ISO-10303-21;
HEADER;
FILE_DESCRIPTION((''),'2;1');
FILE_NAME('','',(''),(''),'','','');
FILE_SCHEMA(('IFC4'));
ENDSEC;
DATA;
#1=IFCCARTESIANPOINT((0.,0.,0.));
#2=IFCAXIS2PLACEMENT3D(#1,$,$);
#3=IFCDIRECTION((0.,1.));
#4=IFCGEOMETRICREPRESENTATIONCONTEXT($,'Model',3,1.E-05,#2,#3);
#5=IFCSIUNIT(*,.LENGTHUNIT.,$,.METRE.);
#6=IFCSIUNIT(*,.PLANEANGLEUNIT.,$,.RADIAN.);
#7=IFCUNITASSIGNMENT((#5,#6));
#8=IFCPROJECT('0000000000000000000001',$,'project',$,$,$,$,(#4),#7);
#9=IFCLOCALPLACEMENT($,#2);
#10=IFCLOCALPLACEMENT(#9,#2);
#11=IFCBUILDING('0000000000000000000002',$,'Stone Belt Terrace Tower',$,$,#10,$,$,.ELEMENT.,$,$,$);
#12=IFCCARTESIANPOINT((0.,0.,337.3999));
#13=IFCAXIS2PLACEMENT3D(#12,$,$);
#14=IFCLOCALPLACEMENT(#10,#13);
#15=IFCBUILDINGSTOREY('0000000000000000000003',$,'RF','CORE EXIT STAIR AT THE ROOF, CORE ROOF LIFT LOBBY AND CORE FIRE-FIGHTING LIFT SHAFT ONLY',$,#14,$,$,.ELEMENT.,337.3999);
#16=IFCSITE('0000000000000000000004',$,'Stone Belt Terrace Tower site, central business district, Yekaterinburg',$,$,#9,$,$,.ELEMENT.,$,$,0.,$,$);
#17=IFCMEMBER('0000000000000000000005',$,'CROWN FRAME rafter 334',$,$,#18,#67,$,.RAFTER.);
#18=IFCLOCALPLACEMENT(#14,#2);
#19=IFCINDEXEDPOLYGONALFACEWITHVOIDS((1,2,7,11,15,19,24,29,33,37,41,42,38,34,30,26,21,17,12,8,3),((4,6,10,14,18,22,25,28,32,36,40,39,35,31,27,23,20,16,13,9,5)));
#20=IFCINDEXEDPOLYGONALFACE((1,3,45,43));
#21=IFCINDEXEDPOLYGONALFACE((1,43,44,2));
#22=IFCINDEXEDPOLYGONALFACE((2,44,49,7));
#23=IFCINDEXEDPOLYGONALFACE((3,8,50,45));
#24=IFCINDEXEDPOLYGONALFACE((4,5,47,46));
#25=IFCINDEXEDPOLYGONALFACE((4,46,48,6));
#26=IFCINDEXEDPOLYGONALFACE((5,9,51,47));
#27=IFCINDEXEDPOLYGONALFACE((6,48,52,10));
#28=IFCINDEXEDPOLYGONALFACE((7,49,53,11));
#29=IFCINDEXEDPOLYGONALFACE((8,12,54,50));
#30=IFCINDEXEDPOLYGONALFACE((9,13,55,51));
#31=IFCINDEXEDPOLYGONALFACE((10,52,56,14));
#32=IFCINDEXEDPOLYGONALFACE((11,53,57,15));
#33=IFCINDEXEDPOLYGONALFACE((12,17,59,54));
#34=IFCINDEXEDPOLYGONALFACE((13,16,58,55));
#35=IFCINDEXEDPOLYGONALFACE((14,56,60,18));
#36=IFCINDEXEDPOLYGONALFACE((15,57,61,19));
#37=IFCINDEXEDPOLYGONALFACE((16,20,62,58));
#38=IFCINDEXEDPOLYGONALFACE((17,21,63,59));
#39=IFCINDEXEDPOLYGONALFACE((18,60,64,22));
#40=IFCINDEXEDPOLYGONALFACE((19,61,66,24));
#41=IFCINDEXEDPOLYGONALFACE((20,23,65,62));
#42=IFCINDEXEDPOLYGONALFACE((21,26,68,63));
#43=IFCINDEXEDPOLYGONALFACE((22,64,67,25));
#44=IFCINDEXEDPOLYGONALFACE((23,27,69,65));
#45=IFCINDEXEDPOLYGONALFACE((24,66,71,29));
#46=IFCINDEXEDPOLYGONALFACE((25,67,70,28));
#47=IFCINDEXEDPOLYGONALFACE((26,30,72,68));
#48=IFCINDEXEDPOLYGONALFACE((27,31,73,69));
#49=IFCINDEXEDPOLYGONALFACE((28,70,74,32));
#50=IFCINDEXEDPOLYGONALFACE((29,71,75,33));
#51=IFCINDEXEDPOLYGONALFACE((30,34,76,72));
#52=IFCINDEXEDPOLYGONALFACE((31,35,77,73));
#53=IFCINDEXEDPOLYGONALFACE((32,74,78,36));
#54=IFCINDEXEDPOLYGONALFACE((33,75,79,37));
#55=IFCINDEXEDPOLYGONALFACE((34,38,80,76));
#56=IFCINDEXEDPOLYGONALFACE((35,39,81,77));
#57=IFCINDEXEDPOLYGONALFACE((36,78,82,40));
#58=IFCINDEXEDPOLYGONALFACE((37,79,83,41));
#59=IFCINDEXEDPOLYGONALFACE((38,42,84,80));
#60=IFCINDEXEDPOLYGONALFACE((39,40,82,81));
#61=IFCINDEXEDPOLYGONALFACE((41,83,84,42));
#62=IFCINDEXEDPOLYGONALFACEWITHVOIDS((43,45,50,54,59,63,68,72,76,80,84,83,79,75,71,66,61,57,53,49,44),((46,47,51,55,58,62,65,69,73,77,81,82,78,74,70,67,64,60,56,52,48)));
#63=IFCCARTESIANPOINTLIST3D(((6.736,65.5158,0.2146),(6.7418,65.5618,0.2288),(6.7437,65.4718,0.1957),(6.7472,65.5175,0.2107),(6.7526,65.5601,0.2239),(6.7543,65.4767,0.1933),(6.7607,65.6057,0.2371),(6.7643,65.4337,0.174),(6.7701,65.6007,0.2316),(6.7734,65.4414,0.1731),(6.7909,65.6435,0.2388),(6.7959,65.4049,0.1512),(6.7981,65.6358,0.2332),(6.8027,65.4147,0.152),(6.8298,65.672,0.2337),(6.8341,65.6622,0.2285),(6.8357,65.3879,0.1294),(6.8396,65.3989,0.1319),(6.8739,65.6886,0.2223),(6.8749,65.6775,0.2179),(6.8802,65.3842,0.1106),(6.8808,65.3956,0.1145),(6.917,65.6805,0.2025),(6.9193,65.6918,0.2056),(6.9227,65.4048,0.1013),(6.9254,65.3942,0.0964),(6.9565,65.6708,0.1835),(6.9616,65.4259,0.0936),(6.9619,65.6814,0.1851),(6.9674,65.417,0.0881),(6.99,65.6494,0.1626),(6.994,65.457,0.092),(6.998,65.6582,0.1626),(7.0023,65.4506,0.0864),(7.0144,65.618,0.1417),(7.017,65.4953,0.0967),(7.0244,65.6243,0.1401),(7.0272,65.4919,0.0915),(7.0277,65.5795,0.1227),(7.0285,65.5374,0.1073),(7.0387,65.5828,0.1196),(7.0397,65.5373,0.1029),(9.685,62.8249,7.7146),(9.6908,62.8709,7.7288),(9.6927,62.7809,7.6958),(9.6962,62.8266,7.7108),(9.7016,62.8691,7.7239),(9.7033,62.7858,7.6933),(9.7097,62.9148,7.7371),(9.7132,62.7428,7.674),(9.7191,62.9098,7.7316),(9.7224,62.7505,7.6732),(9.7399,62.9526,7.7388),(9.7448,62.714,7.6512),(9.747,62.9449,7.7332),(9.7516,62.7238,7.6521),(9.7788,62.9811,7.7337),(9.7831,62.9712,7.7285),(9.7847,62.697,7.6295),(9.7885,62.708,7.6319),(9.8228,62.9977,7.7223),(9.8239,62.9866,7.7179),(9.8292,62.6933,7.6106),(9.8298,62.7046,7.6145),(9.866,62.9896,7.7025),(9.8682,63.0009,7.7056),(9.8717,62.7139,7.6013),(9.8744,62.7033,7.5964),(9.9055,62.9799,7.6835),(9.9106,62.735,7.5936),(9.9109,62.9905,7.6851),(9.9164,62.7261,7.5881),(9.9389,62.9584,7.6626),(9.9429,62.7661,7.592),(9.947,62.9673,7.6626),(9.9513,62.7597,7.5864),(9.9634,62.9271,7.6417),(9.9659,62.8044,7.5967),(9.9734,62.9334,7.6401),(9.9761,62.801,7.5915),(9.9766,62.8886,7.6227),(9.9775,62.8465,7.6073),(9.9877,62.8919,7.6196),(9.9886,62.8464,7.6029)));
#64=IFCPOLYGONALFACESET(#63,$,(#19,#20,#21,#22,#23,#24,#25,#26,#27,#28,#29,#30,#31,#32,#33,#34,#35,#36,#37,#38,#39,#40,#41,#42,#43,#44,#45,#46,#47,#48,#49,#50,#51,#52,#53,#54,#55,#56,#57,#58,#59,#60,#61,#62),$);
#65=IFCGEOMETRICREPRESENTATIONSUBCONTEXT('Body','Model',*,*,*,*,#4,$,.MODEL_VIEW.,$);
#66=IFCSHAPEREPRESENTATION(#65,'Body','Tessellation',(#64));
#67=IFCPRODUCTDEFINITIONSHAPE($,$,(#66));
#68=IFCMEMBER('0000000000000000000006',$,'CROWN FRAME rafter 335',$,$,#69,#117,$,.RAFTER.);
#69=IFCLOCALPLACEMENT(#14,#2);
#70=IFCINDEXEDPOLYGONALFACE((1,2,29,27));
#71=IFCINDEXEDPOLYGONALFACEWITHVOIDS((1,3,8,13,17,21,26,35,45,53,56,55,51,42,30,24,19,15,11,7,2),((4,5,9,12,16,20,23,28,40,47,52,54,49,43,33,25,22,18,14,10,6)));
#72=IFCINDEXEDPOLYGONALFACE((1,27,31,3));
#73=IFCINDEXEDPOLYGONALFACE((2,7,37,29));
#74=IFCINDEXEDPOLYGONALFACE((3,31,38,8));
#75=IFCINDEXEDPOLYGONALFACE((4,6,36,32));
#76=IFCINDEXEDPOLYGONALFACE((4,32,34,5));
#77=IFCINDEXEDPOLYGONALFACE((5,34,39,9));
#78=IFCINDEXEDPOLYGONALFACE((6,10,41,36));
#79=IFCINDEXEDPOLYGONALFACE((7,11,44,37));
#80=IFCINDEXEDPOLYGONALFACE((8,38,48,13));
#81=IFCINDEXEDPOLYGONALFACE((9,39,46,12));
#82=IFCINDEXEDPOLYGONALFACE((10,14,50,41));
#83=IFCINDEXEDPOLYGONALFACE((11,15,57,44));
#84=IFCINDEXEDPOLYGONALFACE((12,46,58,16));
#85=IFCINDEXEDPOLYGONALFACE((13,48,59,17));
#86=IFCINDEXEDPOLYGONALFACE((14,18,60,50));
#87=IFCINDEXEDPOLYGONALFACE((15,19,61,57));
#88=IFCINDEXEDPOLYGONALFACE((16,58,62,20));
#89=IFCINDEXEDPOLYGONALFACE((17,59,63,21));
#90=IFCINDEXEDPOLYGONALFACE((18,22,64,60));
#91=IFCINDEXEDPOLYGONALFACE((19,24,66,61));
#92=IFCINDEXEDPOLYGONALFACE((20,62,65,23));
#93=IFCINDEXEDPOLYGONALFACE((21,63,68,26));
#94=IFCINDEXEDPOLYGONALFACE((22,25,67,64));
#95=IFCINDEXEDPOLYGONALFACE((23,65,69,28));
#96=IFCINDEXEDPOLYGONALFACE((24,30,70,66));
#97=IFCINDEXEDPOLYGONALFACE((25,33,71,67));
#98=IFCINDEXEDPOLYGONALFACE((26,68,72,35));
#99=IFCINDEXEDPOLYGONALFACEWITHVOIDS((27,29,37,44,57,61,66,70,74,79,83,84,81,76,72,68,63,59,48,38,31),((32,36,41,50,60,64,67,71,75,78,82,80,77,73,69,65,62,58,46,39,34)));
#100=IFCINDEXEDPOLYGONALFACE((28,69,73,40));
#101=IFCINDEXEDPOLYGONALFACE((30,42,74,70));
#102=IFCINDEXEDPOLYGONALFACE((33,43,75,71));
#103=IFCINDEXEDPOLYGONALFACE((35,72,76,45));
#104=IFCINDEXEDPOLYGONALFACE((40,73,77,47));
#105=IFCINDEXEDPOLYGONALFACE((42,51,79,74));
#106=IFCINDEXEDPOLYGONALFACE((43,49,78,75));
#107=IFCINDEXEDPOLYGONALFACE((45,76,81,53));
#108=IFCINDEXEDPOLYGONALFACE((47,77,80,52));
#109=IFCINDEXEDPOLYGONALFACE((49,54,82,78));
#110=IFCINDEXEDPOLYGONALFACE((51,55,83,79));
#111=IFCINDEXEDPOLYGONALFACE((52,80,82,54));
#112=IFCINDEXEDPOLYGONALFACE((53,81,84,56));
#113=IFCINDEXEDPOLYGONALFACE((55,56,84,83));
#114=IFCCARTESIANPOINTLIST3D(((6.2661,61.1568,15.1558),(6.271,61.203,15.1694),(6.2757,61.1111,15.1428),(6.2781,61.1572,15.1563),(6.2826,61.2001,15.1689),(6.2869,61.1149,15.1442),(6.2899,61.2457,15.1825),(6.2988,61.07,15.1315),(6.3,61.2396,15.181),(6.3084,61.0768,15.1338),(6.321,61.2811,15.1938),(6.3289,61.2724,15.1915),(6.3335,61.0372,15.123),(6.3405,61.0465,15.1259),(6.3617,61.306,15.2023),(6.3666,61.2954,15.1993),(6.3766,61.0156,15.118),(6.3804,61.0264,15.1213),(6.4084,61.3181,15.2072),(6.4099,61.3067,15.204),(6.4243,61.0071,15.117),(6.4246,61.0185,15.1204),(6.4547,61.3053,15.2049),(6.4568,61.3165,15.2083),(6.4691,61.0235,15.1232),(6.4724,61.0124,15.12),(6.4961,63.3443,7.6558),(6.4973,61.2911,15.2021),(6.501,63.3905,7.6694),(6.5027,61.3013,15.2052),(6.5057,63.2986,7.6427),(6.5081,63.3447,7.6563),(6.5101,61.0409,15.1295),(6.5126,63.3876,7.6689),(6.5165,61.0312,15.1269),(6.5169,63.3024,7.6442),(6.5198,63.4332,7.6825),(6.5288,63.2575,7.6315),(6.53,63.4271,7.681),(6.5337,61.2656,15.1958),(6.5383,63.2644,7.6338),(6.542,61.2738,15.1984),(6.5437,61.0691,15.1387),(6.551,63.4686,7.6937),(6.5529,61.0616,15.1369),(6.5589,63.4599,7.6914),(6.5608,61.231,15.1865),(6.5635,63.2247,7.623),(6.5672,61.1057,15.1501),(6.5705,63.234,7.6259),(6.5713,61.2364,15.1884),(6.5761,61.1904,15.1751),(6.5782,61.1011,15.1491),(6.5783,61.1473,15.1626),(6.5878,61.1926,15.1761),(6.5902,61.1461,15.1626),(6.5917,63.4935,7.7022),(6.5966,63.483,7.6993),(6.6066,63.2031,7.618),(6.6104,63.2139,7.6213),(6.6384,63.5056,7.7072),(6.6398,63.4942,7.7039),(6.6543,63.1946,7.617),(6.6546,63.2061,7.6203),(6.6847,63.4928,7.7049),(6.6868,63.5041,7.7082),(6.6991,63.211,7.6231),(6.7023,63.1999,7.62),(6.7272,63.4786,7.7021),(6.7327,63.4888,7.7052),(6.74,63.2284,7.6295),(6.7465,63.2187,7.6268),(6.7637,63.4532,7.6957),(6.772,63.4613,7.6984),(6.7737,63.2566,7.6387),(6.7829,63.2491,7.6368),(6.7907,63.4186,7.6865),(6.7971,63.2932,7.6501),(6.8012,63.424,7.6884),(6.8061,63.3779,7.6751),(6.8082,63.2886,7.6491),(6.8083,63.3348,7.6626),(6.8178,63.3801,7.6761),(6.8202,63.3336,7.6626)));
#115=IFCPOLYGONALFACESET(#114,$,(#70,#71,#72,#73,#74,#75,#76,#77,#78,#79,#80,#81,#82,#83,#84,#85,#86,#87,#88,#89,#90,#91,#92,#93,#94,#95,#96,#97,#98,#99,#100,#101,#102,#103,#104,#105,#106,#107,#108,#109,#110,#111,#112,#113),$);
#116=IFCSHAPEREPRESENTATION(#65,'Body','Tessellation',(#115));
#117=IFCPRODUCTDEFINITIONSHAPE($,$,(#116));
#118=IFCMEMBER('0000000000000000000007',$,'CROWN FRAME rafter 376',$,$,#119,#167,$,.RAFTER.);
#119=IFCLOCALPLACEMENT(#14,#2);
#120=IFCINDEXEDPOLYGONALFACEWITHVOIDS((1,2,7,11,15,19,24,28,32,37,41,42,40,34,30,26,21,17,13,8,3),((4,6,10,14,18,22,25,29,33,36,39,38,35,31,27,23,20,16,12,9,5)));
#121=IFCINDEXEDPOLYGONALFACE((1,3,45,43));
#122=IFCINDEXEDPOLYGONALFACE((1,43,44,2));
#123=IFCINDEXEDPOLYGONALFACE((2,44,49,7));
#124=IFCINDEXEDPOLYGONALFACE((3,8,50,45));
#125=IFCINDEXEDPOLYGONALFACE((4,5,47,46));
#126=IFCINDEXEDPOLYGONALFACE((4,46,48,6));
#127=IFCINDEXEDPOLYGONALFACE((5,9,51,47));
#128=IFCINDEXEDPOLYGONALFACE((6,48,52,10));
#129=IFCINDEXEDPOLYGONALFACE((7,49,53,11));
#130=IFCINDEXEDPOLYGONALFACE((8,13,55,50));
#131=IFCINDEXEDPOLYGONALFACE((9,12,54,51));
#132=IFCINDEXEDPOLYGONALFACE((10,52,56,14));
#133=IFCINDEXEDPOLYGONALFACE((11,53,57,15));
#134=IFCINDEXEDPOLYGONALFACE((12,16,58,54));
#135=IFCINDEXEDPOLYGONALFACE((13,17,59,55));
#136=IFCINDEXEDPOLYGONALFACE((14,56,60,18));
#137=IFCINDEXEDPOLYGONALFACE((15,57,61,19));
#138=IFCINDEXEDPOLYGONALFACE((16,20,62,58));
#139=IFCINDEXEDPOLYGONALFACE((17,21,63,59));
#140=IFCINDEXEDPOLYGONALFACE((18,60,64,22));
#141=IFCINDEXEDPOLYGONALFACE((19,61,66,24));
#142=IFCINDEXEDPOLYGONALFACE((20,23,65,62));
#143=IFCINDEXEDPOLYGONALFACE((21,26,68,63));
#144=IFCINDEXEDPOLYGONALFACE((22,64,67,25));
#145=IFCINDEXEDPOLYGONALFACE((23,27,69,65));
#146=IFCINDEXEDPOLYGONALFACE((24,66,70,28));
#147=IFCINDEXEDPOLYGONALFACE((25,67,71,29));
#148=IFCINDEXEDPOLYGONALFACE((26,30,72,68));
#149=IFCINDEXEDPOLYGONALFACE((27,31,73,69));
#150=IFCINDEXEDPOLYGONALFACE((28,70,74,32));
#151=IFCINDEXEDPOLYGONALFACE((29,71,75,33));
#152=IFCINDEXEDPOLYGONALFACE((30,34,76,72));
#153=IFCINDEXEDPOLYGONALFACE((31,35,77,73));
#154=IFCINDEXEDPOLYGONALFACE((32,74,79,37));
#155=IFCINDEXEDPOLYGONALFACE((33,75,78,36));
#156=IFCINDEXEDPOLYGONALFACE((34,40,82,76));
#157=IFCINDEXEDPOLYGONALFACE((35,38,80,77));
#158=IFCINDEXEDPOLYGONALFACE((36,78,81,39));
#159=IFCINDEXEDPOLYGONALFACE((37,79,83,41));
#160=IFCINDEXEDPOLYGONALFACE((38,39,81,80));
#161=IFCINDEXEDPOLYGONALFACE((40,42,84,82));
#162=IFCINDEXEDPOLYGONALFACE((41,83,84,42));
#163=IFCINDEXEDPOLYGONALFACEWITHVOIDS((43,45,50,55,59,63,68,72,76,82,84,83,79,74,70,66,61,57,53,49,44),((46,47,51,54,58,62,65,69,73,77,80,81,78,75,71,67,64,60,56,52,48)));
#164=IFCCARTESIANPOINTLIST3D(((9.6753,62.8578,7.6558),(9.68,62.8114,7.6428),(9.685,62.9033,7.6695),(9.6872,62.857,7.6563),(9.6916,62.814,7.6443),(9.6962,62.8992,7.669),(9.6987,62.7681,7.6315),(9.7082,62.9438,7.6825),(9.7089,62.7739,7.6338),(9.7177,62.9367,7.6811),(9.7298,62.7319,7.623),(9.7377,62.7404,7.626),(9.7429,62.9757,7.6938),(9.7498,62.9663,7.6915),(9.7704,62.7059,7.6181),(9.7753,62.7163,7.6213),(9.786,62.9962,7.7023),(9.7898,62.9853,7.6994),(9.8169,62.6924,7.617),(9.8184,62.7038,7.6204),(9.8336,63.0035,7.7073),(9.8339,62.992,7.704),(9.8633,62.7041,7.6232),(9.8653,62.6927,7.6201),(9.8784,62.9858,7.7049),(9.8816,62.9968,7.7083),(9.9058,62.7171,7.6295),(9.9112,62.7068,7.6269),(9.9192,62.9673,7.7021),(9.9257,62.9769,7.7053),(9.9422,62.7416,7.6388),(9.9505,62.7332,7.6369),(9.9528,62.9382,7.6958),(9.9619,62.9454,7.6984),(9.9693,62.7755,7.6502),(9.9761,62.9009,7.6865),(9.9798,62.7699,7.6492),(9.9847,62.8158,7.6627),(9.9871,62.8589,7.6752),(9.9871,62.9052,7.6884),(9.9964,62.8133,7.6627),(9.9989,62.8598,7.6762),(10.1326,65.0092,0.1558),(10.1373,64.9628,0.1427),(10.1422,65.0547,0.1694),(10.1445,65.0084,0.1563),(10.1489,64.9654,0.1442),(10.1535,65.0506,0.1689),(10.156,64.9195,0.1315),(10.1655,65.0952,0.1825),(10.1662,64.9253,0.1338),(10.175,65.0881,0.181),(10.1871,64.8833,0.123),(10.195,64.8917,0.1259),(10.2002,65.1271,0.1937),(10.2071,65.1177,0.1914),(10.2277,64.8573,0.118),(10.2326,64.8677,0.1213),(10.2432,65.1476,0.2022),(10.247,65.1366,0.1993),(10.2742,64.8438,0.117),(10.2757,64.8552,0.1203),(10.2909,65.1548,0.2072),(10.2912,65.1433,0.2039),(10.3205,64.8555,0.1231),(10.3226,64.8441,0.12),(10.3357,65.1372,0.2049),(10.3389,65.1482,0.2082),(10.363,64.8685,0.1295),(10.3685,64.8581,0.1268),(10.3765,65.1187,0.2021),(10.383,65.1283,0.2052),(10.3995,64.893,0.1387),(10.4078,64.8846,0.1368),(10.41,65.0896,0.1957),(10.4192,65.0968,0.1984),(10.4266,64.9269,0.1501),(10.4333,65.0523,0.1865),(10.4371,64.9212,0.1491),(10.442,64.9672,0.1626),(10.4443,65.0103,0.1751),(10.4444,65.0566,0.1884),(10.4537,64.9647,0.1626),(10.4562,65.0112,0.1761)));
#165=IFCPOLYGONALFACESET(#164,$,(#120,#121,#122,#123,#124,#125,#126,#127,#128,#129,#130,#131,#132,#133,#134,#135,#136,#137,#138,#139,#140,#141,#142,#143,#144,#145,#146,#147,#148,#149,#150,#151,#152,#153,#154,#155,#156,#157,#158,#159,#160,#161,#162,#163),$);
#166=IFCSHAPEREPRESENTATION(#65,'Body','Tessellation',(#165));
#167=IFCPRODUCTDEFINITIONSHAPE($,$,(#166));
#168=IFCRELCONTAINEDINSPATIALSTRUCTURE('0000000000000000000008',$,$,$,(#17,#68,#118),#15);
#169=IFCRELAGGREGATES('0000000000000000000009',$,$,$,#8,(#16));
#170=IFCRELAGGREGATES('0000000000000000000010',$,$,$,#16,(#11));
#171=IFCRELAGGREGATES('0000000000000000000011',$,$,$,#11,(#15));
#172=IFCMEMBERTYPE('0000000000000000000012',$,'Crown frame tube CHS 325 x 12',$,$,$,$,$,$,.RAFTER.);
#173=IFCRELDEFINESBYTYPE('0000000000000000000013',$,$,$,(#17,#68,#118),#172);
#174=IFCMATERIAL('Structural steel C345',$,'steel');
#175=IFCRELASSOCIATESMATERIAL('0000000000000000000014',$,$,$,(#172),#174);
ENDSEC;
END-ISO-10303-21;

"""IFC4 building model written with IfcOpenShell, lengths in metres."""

from ifc_helpers import new_model, si_unit, direction, frame, origin, origin_2d, place, context, subcontext, project, spatial, hollow_circle, extrude, material, material_profile, profile_set, type_object, element, save


model = new_model("IFC4")

# Units and contexts
model_context = context("Model", 3, precision=1e-05, world=origin(), true_north=direction((0.0, 1.0)))
body_context = subcontext(model_context, "Body", "Model", "MODEL_VIEW")
ifc_project = project(units=[si_unit("LENGTHUNIT", "METRE"), si_unit("PLANEANGLEUNIT", "RADIAN")], contexts=[model_context])

# Site, building, storey
site_placement = place(None, origin())
site = spatial("IfcSite", under=ifc_project, at=site_placement, Name="Stone Belt Terrace Tower site, central business district, Yekaterinburg", CompositionType="ELEMENT", RefElevation=0.0)
building_placement = place(site_placement, origin())
building = spatial("IfcBuilding", under=site, at=building_placement, Name="Stone Belt Terrace Tower", CompositionType="ELEMENT")
storey_placement = place(building_placement, frame((0.0, 0.0, 337.3999)))
storey = spatial("IfcBuildingStorey", under=building, at=storey_placement, Name="RF", Description="CORE EXIT STAIR AT THE ROOF, CORE ROOF LIFT LOBBY AND CORE FIRE-FIGHTING LIFT SHAFT ONLY", CompositionType="ELEMENT", Elevation=337.3999)

# Members
ifc_material_1 = material(Name="Structural steel C345", Category="steel")
ifc_material_profile_1 = material_profile(ifc_material_1, hollow_circle(Radius=0.1626, WallThickness=0.012, at=origin_2d()), Name="Structural steel C345 CHS 325x12")
ifc_profile_set_1 = profile_set([ifc_material_profile_1], Name="Structural steel C345")
member_type_1 = type_object("IfcMemberType", Name="Crown frame tube CHS 325 x 12", PredefinedType="RAFTER", material=ifc_profile_set_1)
member_1_placement = place(storey_placement, frame((6.8884, 65.5381, 0.1626), z_axis=(0.347088, -0.316716, 0.882735), x_axis=(0.674047, 0.738688, 0.0)))
element("IfcMember", 1, at=member_1_placement, inside=storey, type_object=member_type_1, Name="CROWN FRAME rafter 334", PredefinedType="RAFTER", context=body_context, shape_type="SweptSolid", body=[
    extrude(hollow_circle(Radius=0.1626, WallThickness=0.012, at=origin_2d()), origin(), (0.0, 0.0, 1.0), 8.4963),
])
for number, where, z_axis, x_axis, name in (
    (2, (6.6584, 63.3506, 7.6626), (-0.029425, -0.279879, 0.959584), (0.994519, -0.104558, 0.0), "CROWN FRAME rafter 335"),
    (3, (10.2947, 64.9985, 0.1626), (-0.058506, -0.275257, 0.959589), (0.978149, -0.207907, 0.0), "CROWN FRAME rafter 376"),
):
    element("IfcMember", number, at=place(storey_placement, frame(where, z_axis=z_axis, x_axis=x_axis)), inside=storey, type_object=member_type_1, Name=name, PredefinedType="RAFTER", context=body_context, shape_type="SweptSolid", body=[
        extrude(hollow_circle(Radius=0.1626, WallThickness=0.012, at=origin_2d()), origin(), (0.0, 0.0, 1.0), 7.8159),
    ])

save(model, "model.ifc")
